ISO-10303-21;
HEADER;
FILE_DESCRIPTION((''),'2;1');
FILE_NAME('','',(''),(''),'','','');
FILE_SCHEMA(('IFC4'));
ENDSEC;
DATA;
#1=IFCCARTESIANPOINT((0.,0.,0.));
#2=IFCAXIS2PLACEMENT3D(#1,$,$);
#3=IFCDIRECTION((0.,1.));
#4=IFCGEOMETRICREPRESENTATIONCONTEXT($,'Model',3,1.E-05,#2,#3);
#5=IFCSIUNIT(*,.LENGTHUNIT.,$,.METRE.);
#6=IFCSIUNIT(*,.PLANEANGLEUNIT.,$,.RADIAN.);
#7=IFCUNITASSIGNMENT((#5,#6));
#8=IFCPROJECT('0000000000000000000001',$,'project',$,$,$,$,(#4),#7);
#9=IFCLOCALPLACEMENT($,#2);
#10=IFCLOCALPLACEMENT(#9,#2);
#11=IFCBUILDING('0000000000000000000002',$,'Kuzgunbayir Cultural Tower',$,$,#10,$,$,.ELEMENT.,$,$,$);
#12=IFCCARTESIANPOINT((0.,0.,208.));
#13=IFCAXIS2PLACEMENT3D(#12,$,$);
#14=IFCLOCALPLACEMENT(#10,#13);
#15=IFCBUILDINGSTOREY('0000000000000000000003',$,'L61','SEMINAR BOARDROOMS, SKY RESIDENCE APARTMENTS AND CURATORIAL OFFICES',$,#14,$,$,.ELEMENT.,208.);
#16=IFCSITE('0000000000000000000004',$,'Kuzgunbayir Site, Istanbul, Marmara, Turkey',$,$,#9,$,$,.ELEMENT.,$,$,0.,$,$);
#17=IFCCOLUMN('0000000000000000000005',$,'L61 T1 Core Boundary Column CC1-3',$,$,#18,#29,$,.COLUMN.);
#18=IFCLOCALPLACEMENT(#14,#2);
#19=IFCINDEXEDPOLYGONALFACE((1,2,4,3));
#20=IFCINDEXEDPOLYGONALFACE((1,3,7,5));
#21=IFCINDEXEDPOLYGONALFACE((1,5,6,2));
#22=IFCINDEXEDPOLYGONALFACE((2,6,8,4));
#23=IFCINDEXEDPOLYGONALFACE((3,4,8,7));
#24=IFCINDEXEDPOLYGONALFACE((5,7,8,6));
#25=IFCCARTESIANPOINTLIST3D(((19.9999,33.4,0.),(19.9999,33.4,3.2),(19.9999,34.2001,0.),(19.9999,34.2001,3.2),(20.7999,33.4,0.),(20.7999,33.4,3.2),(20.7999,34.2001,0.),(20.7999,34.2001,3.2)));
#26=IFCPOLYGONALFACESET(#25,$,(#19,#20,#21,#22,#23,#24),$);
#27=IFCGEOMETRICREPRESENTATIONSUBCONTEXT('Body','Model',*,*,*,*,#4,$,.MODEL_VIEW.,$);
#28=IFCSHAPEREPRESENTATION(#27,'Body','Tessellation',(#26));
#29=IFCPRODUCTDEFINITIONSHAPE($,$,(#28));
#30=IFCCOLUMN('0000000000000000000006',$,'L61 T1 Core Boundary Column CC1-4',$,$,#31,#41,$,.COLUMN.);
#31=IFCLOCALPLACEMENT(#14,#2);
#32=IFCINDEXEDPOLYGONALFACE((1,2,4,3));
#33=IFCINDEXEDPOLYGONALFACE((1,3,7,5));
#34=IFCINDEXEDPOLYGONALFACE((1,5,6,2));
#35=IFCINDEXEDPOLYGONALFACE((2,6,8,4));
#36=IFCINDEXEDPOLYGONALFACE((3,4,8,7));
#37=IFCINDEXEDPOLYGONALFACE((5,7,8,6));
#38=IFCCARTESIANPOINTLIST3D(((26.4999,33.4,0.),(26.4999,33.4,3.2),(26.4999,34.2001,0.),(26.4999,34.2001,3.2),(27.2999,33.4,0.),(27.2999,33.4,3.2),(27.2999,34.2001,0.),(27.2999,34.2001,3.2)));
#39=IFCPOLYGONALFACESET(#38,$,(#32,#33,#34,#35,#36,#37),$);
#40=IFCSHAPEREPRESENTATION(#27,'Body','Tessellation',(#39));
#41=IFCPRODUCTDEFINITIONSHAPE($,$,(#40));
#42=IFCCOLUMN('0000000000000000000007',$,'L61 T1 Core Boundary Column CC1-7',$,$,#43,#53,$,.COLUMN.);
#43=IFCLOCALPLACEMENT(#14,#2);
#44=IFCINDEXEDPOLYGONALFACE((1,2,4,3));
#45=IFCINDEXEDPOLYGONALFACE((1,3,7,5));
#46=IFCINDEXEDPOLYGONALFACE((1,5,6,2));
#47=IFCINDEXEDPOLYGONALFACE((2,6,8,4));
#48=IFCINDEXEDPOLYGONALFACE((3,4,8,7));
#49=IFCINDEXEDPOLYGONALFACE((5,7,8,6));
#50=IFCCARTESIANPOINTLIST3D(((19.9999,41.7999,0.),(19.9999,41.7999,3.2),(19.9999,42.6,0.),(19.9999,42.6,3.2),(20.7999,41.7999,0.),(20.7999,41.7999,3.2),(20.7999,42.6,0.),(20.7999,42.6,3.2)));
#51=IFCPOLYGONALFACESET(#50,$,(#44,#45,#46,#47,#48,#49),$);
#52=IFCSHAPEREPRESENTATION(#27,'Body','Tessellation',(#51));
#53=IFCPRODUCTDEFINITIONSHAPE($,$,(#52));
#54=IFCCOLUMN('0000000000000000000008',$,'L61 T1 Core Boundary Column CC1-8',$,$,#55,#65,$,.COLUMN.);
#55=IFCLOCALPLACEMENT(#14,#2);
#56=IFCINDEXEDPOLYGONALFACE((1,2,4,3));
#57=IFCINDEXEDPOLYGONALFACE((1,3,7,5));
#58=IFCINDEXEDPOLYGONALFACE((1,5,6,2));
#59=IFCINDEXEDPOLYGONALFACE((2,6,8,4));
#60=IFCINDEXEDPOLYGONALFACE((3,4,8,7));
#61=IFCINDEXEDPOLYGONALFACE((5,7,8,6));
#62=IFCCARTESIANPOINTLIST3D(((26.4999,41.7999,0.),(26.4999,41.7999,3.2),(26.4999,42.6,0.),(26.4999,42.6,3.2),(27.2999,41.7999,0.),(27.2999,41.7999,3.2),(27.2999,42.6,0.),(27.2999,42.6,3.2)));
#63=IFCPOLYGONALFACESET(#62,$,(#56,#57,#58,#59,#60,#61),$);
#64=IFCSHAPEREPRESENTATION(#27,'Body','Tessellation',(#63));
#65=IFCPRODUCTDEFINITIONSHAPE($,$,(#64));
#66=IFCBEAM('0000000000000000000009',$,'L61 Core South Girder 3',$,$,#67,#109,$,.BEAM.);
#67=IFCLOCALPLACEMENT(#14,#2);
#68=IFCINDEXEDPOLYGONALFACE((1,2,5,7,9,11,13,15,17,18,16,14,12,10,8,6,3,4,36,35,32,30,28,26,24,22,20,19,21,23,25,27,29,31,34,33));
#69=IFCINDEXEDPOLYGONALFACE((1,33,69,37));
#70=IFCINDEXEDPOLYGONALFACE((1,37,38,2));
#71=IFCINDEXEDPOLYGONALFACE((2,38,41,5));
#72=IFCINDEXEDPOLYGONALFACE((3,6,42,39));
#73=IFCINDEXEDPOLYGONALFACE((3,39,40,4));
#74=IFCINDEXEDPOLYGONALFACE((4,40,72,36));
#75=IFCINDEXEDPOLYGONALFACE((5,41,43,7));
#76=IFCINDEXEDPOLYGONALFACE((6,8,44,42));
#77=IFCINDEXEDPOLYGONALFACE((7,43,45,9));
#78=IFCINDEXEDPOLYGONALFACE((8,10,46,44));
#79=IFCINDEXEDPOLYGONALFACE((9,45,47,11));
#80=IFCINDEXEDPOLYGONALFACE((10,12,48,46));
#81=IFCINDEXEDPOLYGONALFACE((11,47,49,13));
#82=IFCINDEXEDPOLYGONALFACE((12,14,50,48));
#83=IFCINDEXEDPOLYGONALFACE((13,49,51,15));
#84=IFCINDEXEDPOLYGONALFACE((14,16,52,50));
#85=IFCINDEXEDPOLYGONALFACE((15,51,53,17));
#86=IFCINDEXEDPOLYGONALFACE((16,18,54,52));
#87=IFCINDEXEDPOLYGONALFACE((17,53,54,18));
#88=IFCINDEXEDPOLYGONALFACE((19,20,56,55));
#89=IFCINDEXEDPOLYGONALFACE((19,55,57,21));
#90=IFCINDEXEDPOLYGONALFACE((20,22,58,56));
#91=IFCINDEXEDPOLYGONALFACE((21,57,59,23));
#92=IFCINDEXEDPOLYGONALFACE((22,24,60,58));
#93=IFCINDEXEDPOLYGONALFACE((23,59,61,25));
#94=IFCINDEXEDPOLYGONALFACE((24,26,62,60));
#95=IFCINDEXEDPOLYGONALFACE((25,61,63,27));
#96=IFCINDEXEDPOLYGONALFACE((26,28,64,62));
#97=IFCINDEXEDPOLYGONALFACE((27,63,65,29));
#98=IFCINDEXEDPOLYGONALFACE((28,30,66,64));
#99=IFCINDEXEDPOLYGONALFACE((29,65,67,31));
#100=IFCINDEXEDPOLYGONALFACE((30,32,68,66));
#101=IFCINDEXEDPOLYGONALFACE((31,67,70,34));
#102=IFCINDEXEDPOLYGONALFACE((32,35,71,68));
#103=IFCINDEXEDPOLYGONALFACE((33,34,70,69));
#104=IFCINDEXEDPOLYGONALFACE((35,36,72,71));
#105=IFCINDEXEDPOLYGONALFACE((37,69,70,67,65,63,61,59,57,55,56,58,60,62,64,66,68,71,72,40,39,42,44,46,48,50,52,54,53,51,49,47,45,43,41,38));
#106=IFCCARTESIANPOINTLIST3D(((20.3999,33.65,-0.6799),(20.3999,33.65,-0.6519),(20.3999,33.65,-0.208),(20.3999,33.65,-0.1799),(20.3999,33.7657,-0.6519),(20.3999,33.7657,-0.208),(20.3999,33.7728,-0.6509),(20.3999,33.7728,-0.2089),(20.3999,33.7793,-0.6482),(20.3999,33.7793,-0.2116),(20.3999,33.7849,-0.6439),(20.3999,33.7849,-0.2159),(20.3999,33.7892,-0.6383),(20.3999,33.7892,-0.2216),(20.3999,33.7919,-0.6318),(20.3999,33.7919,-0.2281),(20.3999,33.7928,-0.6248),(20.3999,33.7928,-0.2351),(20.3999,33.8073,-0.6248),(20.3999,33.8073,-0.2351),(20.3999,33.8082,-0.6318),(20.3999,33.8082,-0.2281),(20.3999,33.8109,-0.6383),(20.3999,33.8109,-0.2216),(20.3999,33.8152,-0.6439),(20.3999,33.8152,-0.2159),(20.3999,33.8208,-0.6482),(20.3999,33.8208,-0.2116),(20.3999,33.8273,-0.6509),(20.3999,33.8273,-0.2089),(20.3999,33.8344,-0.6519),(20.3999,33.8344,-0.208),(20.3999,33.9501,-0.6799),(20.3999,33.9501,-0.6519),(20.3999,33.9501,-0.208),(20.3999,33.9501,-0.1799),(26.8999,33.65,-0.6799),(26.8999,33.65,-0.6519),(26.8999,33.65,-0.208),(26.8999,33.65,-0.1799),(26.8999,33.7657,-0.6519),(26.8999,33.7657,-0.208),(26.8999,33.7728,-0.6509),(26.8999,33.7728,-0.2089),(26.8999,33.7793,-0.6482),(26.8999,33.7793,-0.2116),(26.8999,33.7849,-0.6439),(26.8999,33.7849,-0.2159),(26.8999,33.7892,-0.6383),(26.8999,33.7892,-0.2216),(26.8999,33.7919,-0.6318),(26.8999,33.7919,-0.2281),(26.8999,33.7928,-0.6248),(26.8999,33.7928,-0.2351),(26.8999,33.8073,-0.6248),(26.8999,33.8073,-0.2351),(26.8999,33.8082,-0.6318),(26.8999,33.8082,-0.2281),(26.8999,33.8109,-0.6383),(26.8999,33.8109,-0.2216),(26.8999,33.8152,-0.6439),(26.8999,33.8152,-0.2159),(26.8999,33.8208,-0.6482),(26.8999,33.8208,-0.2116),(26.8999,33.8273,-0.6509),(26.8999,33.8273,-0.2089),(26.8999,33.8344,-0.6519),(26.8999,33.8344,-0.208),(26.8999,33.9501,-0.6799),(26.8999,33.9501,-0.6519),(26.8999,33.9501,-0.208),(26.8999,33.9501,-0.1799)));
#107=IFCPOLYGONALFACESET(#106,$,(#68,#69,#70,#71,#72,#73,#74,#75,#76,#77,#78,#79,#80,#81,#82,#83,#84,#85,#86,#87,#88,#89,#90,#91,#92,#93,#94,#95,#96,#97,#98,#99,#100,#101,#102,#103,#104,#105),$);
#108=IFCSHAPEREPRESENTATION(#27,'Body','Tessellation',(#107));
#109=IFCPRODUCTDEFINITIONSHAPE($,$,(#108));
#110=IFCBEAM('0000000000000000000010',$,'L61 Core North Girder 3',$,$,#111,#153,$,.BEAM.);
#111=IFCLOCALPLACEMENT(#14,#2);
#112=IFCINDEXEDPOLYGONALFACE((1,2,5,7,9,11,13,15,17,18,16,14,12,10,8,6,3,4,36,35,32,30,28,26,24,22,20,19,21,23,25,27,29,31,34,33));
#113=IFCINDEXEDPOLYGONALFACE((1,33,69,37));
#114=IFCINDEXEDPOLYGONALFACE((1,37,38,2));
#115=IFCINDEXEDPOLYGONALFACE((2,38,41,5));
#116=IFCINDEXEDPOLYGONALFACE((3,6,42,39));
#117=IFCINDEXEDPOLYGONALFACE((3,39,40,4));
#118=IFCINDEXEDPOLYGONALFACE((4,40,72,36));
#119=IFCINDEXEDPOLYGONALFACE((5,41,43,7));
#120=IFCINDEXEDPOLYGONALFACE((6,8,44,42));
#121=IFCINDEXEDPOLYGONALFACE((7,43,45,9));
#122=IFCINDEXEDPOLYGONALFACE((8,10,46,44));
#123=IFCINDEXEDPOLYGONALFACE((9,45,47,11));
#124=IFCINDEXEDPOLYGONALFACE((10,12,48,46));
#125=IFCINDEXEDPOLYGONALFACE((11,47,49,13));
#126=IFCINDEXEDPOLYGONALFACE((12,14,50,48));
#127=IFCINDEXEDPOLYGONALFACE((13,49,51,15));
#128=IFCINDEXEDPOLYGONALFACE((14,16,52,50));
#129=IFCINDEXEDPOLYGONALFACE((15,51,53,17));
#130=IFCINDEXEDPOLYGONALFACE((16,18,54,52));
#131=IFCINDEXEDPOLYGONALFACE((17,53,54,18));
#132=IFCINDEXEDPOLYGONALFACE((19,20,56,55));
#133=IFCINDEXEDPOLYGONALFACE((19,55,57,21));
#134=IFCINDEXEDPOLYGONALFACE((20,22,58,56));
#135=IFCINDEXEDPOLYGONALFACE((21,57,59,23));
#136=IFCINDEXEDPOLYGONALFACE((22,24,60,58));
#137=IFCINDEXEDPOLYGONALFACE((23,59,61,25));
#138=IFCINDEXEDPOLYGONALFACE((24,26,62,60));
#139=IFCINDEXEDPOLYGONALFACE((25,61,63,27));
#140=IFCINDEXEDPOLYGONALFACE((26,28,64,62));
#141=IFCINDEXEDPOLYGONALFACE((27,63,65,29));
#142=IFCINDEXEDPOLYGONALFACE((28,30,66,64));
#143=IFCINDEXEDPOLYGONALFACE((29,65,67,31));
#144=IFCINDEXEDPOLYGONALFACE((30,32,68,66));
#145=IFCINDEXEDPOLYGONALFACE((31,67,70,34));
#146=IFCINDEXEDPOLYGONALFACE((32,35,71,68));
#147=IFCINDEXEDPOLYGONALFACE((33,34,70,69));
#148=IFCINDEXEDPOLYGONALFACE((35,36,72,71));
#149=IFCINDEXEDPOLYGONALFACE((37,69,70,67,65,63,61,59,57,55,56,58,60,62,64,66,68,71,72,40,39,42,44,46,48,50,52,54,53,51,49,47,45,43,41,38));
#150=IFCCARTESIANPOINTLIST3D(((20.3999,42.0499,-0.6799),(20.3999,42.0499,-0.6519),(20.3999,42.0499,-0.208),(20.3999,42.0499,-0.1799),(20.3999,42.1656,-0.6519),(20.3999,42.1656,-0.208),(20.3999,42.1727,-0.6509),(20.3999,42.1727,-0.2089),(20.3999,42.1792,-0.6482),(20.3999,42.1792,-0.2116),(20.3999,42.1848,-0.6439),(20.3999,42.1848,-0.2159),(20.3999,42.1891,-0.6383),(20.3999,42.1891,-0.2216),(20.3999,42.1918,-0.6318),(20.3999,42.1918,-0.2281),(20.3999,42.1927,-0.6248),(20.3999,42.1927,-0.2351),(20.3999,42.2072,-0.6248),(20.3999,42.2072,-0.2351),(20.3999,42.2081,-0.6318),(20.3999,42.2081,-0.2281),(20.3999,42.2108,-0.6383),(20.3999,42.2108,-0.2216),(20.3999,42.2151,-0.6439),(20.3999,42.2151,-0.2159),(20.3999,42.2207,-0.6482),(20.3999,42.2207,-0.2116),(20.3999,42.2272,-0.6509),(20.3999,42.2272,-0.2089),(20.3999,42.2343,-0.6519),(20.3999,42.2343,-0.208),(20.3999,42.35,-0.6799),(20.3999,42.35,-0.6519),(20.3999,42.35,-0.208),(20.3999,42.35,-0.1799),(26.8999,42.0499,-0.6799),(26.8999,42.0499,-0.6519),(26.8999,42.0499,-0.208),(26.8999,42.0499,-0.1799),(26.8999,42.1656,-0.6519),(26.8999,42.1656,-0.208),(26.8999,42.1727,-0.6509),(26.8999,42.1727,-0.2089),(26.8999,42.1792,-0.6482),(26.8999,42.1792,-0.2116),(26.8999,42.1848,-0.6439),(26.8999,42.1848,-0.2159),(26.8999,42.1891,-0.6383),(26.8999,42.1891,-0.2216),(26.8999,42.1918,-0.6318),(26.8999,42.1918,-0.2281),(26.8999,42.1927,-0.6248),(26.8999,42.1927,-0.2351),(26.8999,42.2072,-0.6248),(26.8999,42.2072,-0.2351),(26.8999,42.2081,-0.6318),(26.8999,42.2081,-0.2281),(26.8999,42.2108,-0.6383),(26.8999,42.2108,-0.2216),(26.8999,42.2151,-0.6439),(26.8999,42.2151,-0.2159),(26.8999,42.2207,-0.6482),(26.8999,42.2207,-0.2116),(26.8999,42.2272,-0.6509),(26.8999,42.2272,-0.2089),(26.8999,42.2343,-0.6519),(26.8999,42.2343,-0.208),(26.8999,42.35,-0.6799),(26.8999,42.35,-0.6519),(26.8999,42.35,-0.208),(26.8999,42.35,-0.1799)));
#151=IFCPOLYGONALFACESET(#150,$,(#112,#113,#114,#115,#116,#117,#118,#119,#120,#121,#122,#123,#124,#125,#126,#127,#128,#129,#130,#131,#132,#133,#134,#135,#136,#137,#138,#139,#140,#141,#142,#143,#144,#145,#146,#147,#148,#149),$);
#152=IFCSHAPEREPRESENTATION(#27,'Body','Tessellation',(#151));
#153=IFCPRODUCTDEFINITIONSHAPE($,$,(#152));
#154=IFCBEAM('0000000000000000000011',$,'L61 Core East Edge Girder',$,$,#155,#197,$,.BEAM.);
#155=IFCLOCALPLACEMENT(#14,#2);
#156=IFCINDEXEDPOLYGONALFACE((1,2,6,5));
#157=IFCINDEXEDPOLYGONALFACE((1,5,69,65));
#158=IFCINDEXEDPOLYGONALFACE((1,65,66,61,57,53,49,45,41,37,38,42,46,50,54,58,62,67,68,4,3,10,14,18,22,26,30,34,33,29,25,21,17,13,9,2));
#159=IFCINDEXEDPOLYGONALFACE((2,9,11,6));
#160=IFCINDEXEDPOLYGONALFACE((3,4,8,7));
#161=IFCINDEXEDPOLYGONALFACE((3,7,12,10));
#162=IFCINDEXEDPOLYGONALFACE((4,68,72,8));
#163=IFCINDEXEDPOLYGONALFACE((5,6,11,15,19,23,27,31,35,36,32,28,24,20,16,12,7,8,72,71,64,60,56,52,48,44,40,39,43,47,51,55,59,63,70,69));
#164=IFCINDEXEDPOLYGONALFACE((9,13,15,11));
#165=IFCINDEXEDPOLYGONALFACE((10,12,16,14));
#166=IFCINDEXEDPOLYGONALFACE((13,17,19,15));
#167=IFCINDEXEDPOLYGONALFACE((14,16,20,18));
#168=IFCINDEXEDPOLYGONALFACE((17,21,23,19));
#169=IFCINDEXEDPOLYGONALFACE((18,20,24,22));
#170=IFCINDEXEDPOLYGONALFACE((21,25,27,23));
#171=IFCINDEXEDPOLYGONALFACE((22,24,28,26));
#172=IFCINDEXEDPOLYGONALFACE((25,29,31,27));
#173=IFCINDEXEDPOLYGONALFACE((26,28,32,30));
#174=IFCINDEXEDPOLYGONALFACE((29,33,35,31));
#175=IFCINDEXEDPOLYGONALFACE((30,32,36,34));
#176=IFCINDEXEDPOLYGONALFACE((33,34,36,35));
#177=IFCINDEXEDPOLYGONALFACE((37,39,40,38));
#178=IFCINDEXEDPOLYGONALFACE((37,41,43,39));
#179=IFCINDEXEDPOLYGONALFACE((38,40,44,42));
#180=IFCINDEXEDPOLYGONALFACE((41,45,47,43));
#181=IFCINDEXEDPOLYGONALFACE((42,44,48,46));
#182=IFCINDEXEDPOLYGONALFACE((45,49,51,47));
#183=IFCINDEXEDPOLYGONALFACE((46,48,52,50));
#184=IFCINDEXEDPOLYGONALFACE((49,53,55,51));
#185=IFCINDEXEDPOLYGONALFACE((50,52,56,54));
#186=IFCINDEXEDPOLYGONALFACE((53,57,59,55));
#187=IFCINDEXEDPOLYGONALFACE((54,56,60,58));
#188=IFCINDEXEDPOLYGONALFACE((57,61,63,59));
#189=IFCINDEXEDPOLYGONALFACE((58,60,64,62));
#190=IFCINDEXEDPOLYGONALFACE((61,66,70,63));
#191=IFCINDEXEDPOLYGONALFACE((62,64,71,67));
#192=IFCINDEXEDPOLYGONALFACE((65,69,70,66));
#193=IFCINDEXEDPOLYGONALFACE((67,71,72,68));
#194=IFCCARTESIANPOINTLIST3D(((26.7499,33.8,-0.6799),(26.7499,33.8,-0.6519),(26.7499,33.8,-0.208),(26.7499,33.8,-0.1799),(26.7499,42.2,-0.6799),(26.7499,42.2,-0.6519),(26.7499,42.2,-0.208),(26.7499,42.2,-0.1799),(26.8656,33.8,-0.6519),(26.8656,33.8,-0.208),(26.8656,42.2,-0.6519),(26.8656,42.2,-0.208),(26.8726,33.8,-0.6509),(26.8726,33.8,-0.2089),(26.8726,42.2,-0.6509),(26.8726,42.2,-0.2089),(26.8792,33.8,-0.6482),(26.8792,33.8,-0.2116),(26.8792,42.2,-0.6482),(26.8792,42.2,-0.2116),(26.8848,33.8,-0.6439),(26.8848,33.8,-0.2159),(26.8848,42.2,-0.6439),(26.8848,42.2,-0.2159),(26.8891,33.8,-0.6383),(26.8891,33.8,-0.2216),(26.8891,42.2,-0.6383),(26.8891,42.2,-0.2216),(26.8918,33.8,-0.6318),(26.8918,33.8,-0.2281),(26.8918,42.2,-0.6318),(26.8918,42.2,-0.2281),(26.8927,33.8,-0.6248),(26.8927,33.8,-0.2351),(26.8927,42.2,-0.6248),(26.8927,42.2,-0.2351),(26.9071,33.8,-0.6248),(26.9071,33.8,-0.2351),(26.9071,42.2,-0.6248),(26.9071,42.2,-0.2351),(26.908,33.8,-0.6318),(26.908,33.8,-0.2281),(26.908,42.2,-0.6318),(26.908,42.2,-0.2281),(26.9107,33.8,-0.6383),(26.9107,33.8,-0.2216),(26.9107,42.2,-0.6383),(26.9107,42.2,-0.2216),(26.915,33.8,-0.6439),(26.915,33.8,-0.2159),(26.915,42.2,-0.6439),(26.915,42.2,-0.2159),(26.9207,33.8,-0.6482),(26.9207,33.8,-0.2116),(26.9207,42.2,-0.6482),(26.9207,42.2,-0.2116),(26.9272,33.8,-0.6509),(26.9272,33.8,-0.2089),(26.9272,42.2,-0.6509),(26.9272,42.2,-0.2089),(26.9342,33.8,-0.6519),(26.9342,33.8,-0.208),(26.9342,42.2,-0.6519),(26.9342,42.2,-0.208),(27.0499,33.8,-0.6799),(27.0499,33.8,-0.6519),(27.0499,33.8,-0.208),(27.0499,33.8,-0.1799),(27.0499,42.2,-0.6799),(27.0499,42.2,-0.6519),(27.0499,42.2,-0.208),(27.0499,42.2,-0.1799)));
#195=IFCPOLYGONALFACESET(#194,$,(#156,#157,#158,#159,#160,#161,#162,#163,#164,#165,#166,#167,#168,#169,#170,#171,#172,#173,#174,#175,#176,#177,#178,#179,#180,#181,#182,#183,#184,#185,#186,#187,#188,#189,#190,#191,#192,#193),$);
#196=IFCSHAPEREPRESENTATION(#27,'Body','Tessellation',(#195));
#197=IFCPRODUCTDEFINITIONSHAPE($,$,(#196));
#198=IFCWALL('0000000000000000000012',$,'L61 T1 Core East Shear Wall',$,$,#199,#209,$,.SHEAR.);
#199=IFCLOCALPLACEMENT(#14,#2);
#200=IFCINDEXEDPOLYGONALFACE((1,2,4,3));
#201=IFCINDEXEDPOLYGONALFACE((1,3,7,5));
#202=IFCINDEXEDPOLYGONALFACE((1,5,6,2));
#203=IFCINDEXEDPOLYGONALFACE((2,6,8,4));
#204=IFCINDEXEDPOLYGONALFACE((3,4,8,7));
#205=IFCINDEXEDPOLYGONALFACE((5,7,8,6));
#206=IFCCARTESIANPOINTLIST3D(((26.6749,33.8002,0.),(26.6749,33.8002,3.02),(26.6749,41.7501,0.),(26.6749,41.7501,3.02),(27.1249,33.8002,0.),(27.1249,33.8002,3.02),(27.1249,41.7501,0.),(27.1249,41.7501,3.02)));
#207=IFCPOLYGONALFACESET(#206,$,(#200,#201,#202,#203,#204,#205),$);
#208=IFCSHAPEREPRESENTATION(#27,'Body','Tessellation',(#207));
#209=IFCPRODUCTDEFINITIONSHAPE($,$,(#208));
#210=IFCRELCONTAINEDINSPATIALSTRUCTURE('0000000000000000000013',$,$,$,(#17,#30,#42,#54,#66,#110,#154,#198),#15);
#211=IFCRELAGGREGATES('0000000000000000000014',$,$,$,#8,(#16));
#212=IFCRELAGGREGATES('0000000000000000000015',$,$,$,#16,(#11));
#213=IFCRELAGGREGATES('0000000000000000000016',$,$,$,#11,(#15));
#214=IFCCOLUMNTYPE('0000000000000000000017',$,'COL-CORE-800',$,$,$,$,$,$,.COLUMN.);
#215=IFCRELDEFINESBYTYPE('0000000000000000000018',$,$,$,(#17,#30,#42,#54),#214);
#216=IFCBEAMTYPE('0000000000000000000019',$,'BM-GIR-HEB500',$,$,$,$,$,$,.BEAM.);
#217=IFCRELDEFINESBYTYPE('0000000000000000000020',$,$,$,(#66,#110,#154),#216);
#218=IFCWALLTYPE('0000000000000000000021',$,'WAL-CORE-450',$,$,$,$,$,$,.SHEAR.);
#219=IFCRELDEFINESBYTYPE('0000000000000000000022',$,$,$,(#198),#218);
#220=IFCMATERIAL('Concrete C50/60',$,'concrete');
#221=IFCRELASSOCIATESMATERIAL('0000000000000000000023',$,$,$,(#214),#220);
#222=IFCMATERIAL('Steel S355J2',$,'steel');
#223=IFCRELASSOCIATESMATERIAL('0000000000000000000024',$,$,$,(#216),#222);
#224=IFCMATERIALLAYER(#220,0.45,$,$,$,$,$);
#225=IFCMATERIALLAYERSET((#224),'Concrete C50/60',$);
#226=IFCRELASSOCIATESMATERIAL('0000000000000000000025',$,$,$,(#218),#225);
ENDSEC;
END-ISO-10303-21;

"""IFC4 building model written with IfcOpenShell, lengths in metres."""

from ifc_helpers import new_model, si_unit, direction, frame, frame_2d, origin, origin_2d, place, context, subcontext, project, spatial, rectangle, i_section, extrude, material, layer, layer_set, material_profile, profile_set, type_object, element, save


model = new_model("IFC4")

# Units and contexts
model_context = context("Model", 3, precision=1e-05, world=origin(), true_north=direction((0.0, 1.0)))
body_context = subcontext(model_context, "Body", "Model", "MODEL_VIEW")
ifc_project = project(units=[si_unit("LENGTHUNIT", "METRE"), si_unit("PLANEANGLEUNIT", "RADIAN")], contexts=[model_context])

# Site, building, storey
site_placement = place(None, origin())
site = spatial("IfcSite", under=ifc_project, at=site_placement, Name="Kuzgunbayir Site, Istanbul, Marmara, Turkey", CompositionType="ELEMENT", RefElevation=0.0)
building_placement = place(site_placement, origin())
building = spatial("IfcBuilding", under=site, at=building_placement, Name="Kuzgunbayir Cultural Tower", CompositionType="ELEMENT")
storey_placement = place(building_placement, frame((0.0, 0.0, 208.0)))
storey = spatial("IfcBuildingStorey", under=building, at=storey_placement, Name="L61", Description="SEMINAR BOARDROOMS, SKY RESIDENCE APARTMENTS AND CURATORIAL OFFICES", CompositionType="ELEMENT", Elevation=208.0)

# Columns
ifc_material_1 = material(Name="Concrete C50/60", Category="concrete")
ifc_material_profile_1 = material_profile(ifc_material_1, rectangle(XDim=0.8, YDim=0.8, at=origin_2d()), Name="RC 800x800")
ifc_profile_set_1 = profile_set([ifc_material_profile_1], Name="Concrete C50/60")
column_type = type_object("IfcColumnType", Name="COL-CORE-800", PredefinedType="COLUMN", material=ifc_profile_set_1)
for number, where, z_axis, x_axis, name in (
    (1, (20.3999, 33.8, 0.0), (0.0, 0.0, 1.0), (1.0, 0.0, 0.0), "L61 T1 Core Boundary Column CC1-3"),
    (2, (26.8999, 33.8, 0.0), (0.0, 0.0, 1.0), (1.0, 0.0, 0.0), "L61 T1 Core Boundary Column CC1-4"),
    (3, (20.3999, 42.2, 0.0), (0.0, 0.0, 1.0), (1.0, 0.0, 0.0), "L61 T1 Core Boundary Column CC1-7"),
    (4, (26.8999, 42.2, 0.0), (0.0, 0.0, 1.0), (1.0, 0.0, 0.0), "L61 T1 Core Boundary Column CC1-8"),
):
    element("IfcColumn", number, at=place(storey_placement, frame(where, z_axis=z_axis, x_axis=x_axis)), inside=storey, type_object=column_type, Name=name, PredefinedType="COLUMN", context=body_context, shape_type="SweptSolid", body=[
        extrude(rectangle(XDim=0.8, YDim=0.8, at=origin_2d()), origin(), (0.0, 0.0, 1.0), 3.2),
    ])

# Beams
ifc_material_2 = material(Name="Steel S355J2", Category="steel")
ifc_material_profile_2 = material_profile(ifc_material_2, i_section(OverallWidth=0.3, OverallDepth=0.5, WebThickness=0.0144, FlangeThickness=0.0281, FilletRadius=0.0271, at=origin_2d()), Name="HEB 500")
ifc_profile_set_2 = profile_set([ifc_material_profile_2], Name="Steel S355J2")
beam_type = type_object("IfcBeamType", Name="BM-GIR-HEB500", PredefinedType="BEAM", material=ifc_profile_set_2)
for number, where, z_axis, x_axis, name in (
    (5, (20.3999, 33.8, -0.4299), (1.0, 0.0, 0.0), (0.0, 1.0, 0.0), "L61 Core South Girder 3"),
    (6, (20.3999, 42.2, -0.4299), (1.0, 0.0, 0.0), (0.0, 1.0, 0.0), "L61 Core North Girder 3"),
):
    element("IfcBeam", number, at=place(storey_placement, frame(where, z_axis=z_axis, x_axis=x_axis)), inside=storey, type_object=beam_type, Name=name, PredefinedType="BEAM", context=body_context, shape_type="SweptSolid", body=[
        extrude(i_section(OverallWidth=0.3, OverallDepth=0.5, WebThickness=0.0144, FlangeThickness=0.0281, FilletRadius=0.0271, at=origin_2d()), origin(), (0.0, 0.0, 1.0), 6.5),
    ])
beam_placement = place(storey_placement, frame((26.8999, 33.8, -0.4299), z_axis=(0.0, 1.0, 0.0), x_axis=(-1.0, 0.0, 0.0)))
element("IfcBeam", 7, at=beam_placement, inside=storey, type_object=beam_type, Name="L61 Core East Edge Girder", PredefinedType="BEAM", context=body_context, shape_type="SweptSolid", body=[
    extrude(i_section(OverallWidth=0.3, OverallDepth=0.5, WebThickness=0.0144, FlangeThickness=0.0281, FilletRadius=0.0271, at=origin_2d()), origin(), (0.0, 0.0, 1.0), 8.3999),
])

# Wall
ifc_layer_1 = layer(ifc_material_1, 0.45)
ifc_layer_set_1 = layer_set([ifc_layer_1], Name="Concrete C50/60")
wall_type_1 = type_object("IfcWallType", Name="WAL-CORE-450", PredefinedType="SHEAR", material=ifc_layer_set_1)
wall_1_placement = place(storey_placement, frame((26.8999, 33.8, 0.0), z_axis=(0.0, 0.0, 1.0), x_axis=(0.0, 1.0, 0.0)))
element("IfcWall", 8, at=wall_1_placement, inside=storey, type_object=wall_type_1, Name="L61 T1 Core East Shear Wall", PredefinedType="SHEAR", context=body_context, shape_type="SweptSolid", body=[
    extrude(rectangle(XDim=7.95, YDim=0.45, at=frame_2d((3.9751, 0.0))), origin(), (0.0, 0.0, 1.0), 3.02),
])

save(model, "model.ifc")
